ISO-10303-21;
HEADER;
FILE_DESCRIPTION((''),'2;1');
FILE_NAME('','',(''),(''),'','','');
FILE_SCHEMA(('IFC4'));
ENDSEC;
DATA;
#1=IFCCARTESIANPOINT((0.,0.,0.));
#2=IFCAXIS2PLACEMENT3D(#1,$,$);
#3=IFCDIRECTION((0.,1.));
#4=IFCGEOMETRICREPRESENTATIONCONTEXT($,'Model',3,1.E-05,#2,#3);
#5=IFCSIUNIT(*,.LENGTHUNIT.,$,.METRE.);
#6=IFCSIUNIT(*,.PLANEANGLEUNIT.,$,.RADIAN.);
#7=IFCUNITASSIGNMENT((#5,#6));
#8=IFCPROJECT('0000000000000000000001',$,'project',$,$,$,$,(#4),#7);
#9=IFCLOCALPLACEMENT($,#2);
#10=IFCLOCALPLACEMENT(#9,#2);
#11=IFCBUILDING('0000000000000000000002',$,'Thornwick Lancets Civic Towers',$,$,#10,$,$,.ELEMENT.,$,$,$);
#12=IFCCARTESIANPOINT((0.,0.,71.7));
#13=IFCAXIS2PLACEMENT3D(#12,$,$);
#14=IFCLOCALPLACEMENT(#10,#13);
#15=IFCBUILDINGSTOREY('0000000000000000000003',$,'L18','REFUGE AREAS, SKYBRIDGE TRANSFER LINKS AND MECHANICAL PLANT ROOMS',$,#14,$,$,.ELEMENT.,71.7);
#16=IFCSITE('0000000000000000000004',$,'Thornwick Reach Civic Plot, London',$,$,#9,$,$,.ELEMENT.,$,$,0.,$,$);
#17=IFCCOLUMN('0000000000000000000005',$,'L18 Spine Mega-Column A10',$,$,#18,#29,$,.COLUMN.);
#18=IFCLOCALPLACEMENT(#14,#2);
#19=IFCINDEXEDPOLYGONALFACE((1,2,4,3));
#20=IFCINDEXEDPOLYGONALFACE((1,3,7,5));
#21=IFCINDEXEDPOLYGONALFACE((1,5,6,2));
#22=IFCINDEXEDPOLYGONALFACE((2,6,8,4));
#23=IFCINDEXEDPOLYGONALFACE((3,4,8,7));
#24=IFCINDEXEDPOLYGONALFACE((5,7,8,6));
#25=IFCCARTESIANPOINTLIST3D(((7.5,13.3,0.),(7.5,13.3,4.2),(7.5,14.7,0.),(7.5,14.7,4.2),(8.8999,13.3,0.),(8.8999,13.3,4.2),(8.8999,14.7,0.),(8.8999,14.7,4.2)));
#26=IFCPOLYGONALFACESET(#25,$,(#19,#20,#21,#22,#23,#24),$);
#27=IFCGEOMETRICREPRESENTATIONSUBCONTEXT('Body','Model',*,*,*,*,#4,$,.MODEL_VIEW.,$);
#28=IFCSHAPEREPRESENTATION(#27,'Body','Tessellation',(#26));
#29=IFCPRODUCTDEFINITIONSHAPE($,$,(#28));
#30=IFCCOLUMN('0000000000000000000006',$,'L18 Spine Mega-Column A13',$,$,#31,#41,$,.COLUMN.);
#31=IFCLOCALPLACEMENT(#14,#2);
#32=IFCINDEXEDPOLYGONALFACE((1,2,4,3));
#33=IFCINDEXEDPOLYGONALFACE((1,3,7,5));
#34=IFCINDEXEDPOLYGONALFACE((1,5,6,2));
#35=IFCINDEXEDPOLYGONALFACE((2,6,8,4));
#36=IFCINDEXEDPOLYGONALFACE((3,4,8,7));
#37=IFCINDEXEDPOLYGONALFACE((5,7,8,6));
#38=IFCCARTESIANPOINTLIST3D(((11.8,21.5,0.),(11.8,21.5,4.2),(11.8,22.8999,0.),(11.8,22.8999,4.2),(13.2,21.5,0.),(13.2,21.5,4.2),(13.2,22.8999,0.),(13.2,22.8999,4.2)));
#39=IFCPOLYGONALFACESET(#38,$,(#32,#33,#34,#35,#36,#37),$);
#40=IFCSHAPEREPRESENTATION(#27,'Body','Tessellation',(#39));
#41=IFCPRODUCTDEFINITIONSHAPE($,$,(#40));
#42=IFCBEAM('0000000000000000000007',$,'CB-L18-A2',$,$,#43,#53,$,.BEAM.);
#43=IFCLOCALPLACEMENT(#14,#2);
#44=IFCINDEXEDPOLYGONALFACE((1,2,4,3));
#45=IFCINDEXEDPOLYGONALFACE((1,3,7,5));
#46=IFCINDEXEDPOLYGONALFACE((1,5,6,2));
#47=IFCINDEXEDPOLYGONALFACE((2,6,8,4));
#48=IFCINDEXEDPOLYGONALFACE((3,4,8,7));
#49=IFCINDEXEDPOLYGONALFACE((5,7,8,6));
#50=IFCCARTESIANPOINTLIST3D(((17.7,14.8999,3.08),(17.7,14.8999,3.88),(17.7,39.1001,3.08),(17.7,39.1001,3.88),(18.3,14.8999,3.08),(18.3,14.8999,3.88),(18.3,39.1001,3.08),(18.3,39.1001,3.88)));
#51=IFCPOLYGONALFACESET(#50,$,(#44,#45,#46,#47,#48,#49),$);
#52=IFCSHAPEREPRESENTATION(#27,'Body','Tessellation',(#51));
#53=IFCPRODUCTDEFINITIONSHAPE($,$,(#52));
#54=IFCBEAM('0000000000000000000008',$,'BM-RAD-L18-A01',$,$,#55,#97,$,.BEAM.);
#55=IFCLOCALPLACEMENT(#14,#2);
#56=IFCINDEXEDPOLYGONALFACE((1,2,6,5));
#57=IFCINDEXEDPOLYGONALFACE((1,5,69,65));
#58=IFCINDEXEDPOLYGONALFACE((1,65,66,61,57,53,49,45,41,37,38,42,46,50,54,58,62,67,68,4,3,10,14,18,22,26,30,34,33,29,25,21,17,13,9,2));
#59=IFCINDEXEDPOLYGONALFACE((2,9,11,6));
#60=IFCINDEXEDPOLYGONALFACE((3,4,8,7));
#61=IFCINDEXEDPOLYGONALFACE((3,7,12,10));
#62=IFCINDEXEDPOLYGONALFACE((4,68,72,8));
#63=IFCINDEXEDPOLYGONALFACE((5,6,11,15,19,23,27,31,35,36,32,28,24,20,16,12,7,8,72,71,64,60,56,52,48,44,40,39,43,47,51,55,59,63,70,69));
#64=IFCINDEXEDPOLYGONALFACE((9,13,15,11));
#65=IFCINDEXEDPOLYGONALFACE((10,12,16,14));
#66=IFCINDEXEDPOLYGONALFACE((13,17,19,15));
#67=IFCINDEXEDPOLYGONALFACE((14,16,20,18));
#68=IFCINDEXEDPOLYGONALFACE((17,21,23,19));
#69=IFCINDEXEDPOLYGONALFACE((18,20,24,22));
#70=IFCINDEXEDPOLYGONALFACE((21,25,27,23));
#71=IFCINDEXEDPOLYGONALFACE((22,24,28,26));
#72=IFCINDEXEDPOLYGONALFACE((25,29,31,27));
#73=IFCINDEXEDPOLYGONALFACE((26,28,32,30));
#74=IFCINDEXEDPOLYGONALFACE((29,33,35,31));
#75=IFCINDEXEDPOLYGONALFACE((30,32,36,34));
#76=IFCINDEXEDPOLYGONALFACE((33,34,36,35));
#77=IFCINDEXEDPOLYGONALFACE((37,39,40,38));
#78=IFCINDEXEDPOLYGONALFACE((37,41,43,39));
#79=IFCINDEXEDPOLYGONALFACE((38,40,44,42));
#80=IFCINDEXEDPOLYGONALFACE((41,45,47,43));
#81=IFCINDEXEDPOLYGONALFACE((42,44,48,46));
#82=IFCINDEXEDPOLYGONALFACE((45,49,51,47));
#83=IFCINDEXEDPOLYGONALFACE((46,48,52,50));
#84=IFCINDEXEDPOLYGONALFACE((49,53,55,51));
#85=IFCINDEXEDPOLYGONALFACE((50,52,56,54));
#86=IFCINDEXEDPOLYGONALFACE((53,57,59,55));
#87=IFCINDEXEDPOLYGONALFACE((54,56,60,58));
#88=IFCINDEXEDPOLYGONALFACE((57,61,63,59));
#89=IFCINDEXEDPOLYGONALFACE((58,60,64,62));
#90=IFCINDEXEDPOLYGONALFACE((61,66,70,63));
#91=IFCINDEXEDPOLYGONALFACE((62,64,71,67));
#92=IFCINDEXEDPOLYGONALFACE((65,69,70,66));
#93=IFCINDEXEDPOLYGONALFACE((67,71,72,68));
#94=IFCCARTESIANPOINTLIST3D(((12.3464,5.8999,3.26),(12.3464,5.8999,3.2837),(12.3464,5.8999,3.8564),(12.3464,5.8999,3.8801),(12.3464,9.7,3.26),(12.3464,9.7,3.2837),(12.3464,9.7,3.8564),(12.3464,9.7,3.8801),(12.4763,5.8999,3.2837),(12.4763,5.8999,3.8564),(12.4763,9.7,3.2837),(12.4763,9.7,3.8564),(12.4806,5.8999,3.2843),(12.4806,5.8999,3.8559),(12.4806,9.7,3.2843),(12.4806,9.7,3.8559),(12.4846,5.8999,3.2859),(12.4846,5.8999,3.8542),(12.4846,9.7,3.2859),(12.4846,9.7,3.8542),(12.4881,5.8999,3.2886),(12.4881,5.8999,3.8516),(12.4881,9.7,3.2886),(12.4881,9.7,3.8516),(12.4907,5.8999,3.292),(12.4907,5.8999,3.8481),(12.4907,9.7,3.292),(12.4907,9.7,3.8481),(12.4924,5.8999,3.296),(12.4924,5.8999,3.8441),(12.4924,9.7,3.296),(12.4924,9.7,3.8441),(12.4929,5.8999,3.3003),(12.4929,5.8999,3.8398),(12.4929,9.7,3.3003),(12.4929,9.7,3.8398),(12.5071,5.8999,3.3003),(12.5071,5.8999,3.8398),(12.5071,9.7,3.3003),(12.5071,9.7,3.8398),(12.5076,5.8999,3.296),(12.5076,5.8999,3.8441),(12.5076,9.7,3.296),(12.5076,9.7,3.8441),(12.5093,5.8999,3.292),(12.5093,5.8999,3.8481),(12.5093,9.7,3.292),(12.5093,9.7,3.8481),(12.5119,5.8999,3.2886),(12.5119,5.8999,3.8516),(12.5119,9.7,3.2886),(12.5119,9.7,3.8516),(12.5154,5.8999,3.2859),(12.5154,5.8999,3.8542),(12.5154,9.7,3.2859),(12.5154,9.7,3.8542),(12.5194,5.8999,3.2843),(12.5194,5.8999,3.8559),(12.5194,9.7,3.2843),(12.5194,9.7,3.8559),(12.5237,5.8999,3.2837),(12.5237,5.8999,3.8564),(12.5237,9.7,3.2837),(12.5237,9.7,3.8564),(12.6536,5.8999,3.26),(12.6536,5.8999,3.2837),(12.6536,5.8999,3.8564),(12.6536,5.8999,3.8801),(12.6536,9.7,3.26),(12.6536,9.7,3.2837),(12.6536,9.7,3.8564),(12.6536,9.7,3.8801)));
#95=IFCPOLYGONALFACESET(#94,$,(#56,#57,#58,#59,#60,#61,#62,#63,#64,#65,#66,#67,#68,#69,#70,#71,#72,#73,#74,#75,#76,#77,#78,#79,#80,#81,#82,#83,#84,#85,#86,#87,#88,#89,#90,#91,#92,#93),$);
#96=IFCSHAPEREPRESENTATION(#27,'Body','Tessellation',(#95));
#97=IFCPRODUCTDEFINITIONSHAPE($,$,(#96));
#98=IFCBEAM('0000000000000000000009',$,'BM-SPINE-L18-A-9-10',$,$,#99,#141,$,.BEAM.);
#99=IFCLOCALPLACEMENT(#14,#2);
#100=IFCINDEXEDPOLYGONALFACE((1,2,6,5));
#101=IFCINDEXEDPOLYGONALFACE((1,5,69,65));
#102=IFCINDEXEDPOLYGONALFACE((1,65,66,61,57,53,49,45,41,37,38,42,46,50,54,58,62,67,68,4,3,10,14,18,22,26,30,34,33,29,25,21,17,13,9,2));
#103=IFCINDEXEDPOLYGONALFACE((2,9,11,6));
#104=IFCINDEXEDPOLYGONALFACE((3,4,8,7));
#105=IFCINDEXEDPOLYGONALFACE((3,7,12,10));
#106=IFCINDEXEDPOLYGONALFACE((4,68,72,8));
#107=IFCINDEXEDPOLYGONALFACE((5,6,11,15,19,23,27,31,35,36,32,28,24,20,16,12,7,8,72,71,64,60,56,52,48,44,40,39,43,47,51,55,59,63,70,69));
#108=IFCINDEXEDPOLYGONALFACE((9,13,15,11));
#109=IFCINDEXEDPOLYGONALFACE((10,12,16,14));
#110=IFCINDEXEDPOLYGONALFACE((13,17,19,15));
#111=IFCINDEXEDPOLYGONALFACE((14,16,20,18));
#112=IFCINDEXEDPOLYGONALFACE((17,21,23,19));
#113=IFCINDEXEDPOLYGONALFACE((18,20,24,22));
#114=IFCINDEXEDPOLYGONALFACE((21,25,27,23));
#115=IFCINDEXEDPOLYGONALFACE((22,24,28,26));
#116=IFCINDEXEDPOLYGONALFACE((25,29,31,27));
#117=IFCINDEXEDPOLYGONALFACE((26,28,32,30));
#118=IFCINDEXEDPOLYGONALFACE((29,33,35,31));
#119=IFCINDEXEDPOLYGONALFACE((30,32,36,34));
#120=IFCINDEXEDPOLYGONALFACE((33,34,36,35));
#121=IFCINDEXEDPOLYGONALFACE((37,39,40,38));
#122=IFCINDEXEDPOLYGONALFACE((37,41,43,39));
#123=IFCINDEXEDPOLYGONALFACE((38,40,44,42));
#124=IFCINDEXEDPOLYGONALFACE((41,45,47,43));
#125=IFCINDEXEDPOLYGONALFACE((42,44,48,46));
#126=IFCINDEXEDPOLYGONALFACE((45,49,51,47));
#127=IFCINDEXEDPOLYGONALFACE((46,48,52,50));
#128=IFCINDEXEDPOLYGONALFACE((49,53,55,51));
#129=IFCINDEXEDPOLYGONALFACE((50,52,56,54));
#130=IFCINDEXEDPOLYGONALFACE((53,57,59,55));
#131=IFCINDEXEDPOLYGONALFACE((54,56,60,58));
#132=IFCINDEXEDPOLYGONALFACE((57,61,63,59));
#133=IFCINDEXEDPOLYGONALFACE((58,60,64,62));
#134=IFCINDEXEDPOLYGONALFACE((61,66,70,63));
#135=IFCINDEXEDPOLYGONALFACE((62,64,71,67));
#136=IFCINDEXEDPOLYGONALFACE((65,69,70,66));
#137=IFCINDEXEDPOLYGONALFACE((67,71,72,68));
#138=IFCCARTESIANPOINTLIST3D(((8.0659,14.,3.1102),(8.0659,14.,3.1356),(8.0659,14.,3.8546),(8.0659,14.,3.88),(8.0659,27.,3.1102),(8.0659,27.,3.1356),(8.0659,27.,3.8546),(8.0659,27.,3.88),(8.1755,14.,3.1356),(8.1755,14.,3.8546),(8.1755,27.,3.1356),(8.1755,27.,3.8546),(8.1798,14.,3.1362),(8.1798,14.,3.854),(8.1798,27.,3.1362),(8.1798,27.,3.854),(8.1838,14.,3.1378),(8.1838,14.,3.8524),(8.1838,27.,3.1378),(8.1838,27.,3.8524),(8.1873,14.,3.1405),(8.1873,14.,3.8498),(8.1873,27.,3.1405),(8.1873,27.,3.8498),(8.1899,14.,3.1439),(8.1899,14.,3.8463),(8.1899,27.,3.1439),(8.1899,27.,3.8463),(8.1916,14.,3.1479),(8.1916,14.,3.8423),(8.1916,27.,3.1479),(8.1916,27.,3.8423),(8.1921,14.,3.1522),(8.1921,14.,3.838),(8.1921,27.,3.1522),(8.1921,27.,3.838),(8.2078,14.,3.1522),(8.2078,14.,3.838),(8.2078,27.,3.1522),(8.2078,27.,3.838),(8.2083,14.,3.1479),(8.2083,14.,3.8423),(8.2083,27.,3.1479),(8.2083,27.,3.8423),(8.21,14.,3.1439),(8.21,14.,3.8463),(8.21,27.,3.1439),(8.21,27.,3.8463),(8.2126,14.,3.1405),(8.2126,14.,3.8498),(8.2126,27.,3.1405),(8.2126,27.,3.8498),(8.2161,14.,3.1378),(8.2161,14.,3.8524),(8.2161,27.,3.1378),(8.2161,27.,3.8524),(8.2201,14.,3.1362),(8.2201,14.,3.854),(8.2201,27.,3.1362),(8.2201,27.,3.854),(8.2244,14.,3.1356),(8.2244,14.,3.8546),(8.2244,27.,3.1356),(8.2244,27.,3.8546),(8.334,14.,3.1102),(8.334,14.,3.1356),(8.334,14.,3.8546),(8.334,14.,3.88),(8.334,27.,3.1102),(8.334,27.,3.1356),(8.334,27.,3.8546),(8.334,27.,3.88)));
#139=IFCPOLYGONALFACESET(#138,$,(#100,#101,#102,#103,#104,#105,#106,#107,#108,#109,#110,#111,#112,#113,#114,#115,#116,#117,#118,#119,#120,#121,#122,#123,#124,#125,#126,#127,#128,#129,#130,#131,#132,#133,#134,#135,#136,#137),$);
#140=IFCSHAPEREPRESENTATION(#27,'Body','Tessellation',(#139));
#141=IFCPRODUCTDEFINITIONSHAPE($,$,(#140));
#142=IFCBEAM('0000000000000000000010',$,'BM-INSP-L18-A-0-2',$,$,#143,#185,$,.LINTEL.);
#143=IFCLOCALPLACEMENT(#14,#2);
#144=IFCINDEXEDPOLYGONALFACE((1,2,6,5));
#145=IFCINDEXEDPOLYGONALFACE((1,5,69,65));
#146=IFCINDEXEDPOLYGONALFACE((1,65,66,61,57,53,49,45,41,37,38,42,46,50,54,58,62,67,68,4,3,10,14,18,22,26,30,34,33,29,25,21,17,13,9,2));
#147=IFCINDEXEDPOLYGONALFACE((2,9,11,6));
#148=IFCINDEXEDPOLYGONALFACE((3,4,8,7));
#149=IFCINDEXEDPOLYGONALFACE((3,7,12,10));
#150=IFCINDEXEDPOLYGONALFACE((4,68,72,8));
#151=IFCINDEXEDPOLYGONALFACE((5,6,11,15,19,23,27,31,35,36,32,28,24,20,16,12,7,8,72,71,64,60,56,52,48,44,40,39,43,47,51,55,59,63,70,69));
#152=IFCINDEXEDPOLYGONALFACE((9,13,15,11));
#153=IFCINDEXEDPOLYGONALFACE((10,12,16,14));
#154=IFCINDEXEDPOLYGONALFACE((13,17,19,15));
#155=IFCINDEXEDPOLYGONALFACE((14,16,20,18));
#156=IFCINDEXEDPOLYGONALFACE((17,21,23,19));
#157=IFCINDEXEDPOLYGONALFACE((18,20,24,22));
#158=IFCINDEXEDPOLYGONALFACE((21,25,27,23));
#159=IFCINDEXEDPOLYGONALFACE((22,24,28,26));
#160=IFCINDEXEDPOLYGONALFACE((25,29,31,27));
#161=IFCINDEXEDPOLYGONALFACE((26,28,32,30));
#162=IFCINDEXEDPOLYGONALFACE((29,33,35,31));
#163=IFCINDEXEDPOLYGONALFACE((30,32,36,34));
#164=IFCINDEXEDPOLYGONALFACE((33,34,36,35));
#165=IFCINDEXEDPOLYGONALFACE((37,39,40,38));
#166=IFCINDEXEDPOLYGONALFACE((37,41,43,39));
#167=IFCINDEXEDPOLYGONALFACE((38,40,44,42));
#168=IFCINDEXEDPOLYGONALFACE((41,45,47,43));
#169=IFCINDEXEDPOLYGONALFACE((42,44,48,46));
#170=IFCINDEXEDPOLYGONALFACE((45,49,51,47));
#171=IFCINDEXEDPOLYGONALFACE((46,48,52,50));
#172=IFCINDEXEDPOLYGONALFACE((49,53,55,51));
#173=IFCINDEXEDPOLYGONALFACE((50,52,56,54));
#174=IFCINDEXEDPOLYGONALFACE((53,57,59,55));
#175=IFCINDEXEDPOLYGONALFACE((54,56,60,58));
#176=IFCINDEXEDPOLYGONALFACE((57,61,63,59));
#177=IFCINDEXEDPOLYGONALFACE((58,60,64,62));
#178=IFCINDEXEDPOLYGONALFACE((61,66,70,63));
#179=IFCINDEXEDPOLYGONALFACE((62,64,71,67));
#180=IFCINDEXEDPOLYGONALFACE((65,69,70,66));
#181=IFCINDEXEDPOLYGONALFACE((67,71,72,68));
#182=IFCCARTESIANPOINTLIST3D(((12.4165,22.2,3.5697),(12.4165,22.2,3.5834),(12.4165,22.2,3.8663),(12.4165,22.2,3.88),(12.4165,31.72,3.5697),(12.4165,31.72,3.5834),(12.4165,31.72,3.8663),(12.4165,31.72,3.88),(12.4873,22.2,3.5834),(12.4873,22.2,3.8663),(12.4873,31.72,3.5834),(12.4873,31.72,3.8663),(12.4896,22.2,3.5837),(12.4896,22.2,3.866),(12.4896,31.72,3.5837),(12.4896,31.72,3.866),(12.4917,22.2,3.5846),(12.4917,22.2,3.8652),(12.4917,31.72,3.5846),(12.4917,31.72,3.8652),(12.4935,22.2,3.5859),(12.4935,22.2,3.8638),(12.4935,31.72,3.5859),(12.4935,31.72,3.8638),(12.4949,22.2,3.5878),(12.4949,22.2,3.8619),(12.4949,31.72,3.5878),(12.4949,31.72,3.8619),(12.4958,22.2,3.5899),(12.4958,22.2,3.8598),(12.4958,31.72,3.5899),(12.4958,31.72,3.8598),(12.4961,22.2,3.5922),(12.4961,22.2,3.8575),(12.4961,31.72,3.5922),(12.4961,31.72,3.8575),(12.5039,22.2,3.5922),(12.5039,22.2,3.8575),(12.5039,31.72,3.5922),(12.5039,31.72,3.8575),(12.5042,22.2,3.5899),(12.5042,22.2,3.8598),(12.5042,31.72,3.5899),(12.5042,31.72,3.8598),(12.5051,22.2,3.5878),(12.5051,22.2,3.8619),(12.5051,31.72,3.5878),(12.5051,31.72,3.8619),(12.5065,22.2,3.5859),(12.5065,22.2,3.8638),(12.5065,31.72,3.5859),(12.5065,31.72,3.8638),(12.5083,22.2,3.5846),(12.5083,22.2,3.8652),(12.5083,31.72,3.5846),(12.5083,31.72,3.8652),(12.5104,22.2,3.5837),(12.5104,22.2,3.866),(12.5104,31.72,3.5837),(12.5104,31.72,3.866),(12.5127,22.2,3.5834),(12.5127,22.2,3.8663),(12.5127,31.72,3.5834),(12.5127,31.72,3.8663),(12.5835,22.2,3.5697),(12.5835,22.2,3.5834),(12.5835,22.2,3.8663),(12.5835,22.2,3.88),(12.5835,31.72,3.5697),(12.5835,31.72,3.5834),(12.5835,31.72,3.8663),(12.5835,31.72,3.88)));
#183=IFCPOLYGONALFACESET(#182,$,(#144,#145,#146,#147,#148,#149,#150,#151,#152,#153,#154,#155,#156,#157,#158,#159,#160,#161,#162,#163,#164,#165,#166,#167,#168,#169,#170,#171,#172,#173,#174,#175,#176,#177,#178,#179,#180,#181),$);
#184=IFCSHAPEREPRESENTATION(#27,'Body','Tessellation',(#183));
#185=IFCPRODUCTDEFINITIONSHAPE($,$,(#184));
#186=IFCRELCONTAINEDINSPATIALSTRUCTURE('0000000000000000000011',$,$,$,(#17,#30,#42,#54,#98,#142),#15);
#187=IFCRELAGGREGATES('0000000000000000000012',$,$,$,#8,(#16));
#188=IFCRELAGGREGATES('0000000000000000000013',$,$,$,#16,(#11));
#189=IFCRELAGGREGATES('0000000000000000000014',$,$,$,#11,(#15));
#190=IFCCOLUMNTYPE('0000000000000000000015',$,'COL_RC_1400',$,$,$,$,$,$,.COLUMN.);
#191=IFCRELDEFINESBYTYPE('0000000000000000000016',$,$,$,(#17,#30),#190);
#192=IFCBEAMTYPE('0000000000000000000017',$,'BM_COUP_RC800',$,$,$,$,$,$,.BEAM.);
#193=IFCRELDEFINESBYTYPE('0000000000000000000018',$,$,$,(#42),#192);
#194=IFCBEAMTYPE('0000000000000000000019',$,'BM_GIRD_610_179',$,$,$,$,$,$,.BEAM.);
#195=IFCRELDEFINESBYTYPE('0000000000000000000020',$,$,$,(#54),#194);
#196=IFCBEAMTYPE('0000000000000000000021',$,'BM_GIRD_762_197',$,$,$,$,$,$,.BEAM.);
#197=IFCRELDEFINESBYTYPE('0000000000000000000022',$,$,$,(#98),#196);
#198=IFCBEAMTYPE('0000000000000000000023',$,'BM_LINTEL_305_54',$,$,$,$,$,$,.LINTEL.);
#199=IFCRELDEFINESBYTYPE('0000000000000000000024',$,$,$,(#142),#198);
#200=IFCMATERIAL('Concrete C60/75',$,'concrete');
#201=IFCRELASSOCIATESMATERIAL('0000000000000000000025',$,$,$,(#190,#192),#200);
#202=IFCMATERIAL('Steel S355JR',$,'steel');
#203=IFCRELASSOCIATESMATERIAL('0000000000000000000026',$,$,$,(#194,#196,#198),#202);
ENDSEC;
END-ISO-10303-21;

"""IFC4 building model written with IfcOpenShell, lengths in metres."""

from ifc_helpers import new_model, si_unit, direction, frame, origin, origin_2d, place, context, subcontext, project, spatial, rectangle, i_section, extrude, material, material_profile, profile_set, type_object, element, save


model = new_model("IFC4")

# Units and contexts
model_context = context("Model", 3, precision=1e-05, world=origin(), true_north=direction((0.0, 1.0)))
body_context = subcontext(model_context, "Body", "Model", "MODEL_VIEW")
ifc_project = project(units=[si_unit("LENGTHUNIT", "METRE"), si_unit("PLANEANGLEUNIT", "RADIAN")], contexts=[model_context])

# Site, building, storey
site_placement = place(None, origin())
site = spatial("IfcSite", under=ifc_project, at=site_placement, Name="Thornwick Reach Civic Plot, London", CompositionType="ELEMENT", RefElevation=0.0)
building_placement = place(site_placement, origin())
building = spatial("IfcBuilding", under=site, at=building_placement, Name="Thornwick Lancets Civic Towers", CompositionType="ELEMENT")
storey_placement = place(building_placement, frame((0.0, 0.0, 71.7)))
storey = spatial("IfcBuildingStorey", under=building, at=storey_placement, Name="L18", Description="REFUGE AREAS, SKYBRIDGE TRANSFER LINKS AND MECHANICAL PLANT ROOMS", CompositionType="ELEMENT", Elevation=71.7)

# Columns
ifc_material_1 = material(Name="Concrete C60/75", Category="concrete")
ifc_material_profile_1 = material_profile(ifc_material_1, rectangle(XDim=1.3999, YDim=1.3999, at=origin_2d()), Name="RC 1400x1400")
ifc_profile_set_1 = profile_set([ifc_material_profile_1], Name="Concrete C60/75")
column_type = type_object("IfcColumnType", Name="COL_RC_1400", PredefinedType="COLUMN", material=ifc_profile_set_1)
for number, where, z_axis, x_axis, name in (
    (1, (8.2, 14.0, 0.0), (0.0, 0.0, 1.0), (1.0, 0.0, 0.0), "L18 Spine Mega-Column A10"),
    (2, (12.5, 22.2, 0.0), (0.0, 0.0, 1.0), (1.0, 0.0, 0.0), "L18 Spine Mega-Column A13"),
):
    element("IfcColumn", number, at=place(storey_placement, frame(where, z_axis=z_axis, x_axis=x_axis)), inside=storey, type_object=column_type, Name=name, PredefinedType="COLUMN", context=body_context, shape_type="SweptSolid", body=[
        extrude(rectangle(XDim=1.3999, YDim=1.3999, at=origin_2d()), origin(), (0.0, 0.0, 1.0), 4.2),
    ])

# Beams
ifc_material_profile_2 = material_profile(ifc_material_1, rectangle(XDim=0.6001, YDim=0.8, at=origin_2d()), Name="RC 600x800")
ifc_profile_set_2 = profile_set([ifc_material_profile_2], Name="Concrete C60/75")
beam_type_1 = type_object("IfcBeamType", Name="BM_COUP_RC800", PredefinedType="BEAM", material=ifc_profile_set_2)
beam_1_placement = place(storey_placement, frame((18.0, 14.8999, 3.48), z_axis=(0.0, 1.0, 0.0), x_axis=(-1.0, 0.0, 0.0)))
element("IfcBeam", 3, at=beam_1_placement, inside=storey, type_object=beam_type_1, Name="CB-L18-A2", PredefinedType="BEAM", context=body_context, shape_type="SweptSolid", body=[
    extrude(rectangle(XDim=0.6001, YDim=0.8, at=origin_2d()), origin(), (0.0, 0.0, 1.0), 24.2002),
])
ifc_material_2 = material(Name="Steel S355JR", Category="steel")
ifc_material_profile_3 = material_profile(ifc_material_2, i_section(OverallWidth=0.3071, OverallDepth=0.6201, WebThickness=0.0142, FlangeThickness=0.0237, FilletRadius=0.0166, at=origin_2d()), Name="UKB 610x305x179")
ifc_profile_set_3 = profile_set([ifc_material_profile_3], Name="Steel S355JR")
beam_type_2 = type_object("IfcBeamType", Name="BM_GIRD_610_179", PredefinedType="BEAM", material=ifc_profile_set_3)
beam_2_placement = place(storey_placement, frame((12.5, 9.7, 3.5701), z_axis=(0.0, -1.0, 0.0), x_axis=(1.0, 0.0, 0.0)))
element("IfcBeam", 4, at=beam_2_placement, inside=storey, type_object=beam_type_2, Name="BM-RAD-L18-A01", PredefinedType="BEAM", context=body_context, shape_type="SweptSolid", body=[
    extrude(i_section(OverallWidth=0.3071, OverallDepth=0.6201, WebThickness=0.0142, FlangeThickness=0.0237, FilletRadius=0.0166, at=origin_2d()), origin(), (0.0, 0.0, 1.0), 3.8),
])
ifc_material_profile_4 = material_profile(ifc_material_2, i_section(OverallWidth=0.2681, OverallDepth=0.7698, WebThickness=0.0156, FlangeThickness=0.0254, FilletRadius=0.0166, at=origin_2d()), Name="UKB 762x267x197")
ifc_profile_set_4 = profile_set([ifc_material_profile_4], Name="Steel S355JR")
beam_type_3 = type_object("IfcBeamType", Name="BM_GIRD_762_197", PredefinedType="BEAM", material=ifc_profile_set_4)
beam_3_placement = place(storey_placement, frame((8.2, 14.0, 3.4951), z_axis=(0.0, 1.0, 0.0), x_axis=(-1.0, 0.0, 0.0)))
element("IfcBeam", 5, at=beam_3_placement, inside=storey, type_object=beam_type_3, Name="BM-SPINE-L18-A-9-10", PredefinedType="BEAM", context=body_context, shape_type="SweptSolid", body=[
    extrude(i_section(OverallWidth=0.2681, OverallDepth=0.7698, WebThickness=0.0156, FlangeThickness=0.0254, FilletRadius=0.0166, at=origin_2d()), origin(), (0.0, 0.0, 1.0), 13.0),
])
ifc_material_profile_5 = material_profile(ifc_material_2, i_section(OverallWidth=0.167, OverallDepth=0.3103, WebThickness=0.0078, FlangeThickness=0.0137, FilletRadius=0.0088, at=origin_2d()), Name="UKB 305x165x54")
ifc_profile_set_5 = profile_set([ifc_material_profile_5], Name="Steel S355JR")
beam_type_4 = type_object("IfcBeamType", Name="BM_LINTEL_305_54", PredefinedType="LINTEL", material=ifc_profile_set_5)
beam_4_placement = place(storey_placement, frame((12.5, 22.2, 3.7249), z_axis=(0.0, 1.0, 0.0), x_axis=(-1.0, 0.0, 0.0)))
element("IfcBeam", 6, at=beam_4_placement, inside=storey, type_object=beam_type_4, Name="BM-INSP-L18-A-0-2", PredefinedType="LINTEL", context=body_context, shape_type="SweptSolid", body=[
    extrude(i_section(OverallWidth=0.167, OverallDepth=0.3103, WebThickness=0.0078, FlangeThickness=0.0137, FilletRadius=0.0088, at=origin_2d()), origin(), (0.0, 0.0, 1.0), 9.52),
])

save(model, "model.ifc")
